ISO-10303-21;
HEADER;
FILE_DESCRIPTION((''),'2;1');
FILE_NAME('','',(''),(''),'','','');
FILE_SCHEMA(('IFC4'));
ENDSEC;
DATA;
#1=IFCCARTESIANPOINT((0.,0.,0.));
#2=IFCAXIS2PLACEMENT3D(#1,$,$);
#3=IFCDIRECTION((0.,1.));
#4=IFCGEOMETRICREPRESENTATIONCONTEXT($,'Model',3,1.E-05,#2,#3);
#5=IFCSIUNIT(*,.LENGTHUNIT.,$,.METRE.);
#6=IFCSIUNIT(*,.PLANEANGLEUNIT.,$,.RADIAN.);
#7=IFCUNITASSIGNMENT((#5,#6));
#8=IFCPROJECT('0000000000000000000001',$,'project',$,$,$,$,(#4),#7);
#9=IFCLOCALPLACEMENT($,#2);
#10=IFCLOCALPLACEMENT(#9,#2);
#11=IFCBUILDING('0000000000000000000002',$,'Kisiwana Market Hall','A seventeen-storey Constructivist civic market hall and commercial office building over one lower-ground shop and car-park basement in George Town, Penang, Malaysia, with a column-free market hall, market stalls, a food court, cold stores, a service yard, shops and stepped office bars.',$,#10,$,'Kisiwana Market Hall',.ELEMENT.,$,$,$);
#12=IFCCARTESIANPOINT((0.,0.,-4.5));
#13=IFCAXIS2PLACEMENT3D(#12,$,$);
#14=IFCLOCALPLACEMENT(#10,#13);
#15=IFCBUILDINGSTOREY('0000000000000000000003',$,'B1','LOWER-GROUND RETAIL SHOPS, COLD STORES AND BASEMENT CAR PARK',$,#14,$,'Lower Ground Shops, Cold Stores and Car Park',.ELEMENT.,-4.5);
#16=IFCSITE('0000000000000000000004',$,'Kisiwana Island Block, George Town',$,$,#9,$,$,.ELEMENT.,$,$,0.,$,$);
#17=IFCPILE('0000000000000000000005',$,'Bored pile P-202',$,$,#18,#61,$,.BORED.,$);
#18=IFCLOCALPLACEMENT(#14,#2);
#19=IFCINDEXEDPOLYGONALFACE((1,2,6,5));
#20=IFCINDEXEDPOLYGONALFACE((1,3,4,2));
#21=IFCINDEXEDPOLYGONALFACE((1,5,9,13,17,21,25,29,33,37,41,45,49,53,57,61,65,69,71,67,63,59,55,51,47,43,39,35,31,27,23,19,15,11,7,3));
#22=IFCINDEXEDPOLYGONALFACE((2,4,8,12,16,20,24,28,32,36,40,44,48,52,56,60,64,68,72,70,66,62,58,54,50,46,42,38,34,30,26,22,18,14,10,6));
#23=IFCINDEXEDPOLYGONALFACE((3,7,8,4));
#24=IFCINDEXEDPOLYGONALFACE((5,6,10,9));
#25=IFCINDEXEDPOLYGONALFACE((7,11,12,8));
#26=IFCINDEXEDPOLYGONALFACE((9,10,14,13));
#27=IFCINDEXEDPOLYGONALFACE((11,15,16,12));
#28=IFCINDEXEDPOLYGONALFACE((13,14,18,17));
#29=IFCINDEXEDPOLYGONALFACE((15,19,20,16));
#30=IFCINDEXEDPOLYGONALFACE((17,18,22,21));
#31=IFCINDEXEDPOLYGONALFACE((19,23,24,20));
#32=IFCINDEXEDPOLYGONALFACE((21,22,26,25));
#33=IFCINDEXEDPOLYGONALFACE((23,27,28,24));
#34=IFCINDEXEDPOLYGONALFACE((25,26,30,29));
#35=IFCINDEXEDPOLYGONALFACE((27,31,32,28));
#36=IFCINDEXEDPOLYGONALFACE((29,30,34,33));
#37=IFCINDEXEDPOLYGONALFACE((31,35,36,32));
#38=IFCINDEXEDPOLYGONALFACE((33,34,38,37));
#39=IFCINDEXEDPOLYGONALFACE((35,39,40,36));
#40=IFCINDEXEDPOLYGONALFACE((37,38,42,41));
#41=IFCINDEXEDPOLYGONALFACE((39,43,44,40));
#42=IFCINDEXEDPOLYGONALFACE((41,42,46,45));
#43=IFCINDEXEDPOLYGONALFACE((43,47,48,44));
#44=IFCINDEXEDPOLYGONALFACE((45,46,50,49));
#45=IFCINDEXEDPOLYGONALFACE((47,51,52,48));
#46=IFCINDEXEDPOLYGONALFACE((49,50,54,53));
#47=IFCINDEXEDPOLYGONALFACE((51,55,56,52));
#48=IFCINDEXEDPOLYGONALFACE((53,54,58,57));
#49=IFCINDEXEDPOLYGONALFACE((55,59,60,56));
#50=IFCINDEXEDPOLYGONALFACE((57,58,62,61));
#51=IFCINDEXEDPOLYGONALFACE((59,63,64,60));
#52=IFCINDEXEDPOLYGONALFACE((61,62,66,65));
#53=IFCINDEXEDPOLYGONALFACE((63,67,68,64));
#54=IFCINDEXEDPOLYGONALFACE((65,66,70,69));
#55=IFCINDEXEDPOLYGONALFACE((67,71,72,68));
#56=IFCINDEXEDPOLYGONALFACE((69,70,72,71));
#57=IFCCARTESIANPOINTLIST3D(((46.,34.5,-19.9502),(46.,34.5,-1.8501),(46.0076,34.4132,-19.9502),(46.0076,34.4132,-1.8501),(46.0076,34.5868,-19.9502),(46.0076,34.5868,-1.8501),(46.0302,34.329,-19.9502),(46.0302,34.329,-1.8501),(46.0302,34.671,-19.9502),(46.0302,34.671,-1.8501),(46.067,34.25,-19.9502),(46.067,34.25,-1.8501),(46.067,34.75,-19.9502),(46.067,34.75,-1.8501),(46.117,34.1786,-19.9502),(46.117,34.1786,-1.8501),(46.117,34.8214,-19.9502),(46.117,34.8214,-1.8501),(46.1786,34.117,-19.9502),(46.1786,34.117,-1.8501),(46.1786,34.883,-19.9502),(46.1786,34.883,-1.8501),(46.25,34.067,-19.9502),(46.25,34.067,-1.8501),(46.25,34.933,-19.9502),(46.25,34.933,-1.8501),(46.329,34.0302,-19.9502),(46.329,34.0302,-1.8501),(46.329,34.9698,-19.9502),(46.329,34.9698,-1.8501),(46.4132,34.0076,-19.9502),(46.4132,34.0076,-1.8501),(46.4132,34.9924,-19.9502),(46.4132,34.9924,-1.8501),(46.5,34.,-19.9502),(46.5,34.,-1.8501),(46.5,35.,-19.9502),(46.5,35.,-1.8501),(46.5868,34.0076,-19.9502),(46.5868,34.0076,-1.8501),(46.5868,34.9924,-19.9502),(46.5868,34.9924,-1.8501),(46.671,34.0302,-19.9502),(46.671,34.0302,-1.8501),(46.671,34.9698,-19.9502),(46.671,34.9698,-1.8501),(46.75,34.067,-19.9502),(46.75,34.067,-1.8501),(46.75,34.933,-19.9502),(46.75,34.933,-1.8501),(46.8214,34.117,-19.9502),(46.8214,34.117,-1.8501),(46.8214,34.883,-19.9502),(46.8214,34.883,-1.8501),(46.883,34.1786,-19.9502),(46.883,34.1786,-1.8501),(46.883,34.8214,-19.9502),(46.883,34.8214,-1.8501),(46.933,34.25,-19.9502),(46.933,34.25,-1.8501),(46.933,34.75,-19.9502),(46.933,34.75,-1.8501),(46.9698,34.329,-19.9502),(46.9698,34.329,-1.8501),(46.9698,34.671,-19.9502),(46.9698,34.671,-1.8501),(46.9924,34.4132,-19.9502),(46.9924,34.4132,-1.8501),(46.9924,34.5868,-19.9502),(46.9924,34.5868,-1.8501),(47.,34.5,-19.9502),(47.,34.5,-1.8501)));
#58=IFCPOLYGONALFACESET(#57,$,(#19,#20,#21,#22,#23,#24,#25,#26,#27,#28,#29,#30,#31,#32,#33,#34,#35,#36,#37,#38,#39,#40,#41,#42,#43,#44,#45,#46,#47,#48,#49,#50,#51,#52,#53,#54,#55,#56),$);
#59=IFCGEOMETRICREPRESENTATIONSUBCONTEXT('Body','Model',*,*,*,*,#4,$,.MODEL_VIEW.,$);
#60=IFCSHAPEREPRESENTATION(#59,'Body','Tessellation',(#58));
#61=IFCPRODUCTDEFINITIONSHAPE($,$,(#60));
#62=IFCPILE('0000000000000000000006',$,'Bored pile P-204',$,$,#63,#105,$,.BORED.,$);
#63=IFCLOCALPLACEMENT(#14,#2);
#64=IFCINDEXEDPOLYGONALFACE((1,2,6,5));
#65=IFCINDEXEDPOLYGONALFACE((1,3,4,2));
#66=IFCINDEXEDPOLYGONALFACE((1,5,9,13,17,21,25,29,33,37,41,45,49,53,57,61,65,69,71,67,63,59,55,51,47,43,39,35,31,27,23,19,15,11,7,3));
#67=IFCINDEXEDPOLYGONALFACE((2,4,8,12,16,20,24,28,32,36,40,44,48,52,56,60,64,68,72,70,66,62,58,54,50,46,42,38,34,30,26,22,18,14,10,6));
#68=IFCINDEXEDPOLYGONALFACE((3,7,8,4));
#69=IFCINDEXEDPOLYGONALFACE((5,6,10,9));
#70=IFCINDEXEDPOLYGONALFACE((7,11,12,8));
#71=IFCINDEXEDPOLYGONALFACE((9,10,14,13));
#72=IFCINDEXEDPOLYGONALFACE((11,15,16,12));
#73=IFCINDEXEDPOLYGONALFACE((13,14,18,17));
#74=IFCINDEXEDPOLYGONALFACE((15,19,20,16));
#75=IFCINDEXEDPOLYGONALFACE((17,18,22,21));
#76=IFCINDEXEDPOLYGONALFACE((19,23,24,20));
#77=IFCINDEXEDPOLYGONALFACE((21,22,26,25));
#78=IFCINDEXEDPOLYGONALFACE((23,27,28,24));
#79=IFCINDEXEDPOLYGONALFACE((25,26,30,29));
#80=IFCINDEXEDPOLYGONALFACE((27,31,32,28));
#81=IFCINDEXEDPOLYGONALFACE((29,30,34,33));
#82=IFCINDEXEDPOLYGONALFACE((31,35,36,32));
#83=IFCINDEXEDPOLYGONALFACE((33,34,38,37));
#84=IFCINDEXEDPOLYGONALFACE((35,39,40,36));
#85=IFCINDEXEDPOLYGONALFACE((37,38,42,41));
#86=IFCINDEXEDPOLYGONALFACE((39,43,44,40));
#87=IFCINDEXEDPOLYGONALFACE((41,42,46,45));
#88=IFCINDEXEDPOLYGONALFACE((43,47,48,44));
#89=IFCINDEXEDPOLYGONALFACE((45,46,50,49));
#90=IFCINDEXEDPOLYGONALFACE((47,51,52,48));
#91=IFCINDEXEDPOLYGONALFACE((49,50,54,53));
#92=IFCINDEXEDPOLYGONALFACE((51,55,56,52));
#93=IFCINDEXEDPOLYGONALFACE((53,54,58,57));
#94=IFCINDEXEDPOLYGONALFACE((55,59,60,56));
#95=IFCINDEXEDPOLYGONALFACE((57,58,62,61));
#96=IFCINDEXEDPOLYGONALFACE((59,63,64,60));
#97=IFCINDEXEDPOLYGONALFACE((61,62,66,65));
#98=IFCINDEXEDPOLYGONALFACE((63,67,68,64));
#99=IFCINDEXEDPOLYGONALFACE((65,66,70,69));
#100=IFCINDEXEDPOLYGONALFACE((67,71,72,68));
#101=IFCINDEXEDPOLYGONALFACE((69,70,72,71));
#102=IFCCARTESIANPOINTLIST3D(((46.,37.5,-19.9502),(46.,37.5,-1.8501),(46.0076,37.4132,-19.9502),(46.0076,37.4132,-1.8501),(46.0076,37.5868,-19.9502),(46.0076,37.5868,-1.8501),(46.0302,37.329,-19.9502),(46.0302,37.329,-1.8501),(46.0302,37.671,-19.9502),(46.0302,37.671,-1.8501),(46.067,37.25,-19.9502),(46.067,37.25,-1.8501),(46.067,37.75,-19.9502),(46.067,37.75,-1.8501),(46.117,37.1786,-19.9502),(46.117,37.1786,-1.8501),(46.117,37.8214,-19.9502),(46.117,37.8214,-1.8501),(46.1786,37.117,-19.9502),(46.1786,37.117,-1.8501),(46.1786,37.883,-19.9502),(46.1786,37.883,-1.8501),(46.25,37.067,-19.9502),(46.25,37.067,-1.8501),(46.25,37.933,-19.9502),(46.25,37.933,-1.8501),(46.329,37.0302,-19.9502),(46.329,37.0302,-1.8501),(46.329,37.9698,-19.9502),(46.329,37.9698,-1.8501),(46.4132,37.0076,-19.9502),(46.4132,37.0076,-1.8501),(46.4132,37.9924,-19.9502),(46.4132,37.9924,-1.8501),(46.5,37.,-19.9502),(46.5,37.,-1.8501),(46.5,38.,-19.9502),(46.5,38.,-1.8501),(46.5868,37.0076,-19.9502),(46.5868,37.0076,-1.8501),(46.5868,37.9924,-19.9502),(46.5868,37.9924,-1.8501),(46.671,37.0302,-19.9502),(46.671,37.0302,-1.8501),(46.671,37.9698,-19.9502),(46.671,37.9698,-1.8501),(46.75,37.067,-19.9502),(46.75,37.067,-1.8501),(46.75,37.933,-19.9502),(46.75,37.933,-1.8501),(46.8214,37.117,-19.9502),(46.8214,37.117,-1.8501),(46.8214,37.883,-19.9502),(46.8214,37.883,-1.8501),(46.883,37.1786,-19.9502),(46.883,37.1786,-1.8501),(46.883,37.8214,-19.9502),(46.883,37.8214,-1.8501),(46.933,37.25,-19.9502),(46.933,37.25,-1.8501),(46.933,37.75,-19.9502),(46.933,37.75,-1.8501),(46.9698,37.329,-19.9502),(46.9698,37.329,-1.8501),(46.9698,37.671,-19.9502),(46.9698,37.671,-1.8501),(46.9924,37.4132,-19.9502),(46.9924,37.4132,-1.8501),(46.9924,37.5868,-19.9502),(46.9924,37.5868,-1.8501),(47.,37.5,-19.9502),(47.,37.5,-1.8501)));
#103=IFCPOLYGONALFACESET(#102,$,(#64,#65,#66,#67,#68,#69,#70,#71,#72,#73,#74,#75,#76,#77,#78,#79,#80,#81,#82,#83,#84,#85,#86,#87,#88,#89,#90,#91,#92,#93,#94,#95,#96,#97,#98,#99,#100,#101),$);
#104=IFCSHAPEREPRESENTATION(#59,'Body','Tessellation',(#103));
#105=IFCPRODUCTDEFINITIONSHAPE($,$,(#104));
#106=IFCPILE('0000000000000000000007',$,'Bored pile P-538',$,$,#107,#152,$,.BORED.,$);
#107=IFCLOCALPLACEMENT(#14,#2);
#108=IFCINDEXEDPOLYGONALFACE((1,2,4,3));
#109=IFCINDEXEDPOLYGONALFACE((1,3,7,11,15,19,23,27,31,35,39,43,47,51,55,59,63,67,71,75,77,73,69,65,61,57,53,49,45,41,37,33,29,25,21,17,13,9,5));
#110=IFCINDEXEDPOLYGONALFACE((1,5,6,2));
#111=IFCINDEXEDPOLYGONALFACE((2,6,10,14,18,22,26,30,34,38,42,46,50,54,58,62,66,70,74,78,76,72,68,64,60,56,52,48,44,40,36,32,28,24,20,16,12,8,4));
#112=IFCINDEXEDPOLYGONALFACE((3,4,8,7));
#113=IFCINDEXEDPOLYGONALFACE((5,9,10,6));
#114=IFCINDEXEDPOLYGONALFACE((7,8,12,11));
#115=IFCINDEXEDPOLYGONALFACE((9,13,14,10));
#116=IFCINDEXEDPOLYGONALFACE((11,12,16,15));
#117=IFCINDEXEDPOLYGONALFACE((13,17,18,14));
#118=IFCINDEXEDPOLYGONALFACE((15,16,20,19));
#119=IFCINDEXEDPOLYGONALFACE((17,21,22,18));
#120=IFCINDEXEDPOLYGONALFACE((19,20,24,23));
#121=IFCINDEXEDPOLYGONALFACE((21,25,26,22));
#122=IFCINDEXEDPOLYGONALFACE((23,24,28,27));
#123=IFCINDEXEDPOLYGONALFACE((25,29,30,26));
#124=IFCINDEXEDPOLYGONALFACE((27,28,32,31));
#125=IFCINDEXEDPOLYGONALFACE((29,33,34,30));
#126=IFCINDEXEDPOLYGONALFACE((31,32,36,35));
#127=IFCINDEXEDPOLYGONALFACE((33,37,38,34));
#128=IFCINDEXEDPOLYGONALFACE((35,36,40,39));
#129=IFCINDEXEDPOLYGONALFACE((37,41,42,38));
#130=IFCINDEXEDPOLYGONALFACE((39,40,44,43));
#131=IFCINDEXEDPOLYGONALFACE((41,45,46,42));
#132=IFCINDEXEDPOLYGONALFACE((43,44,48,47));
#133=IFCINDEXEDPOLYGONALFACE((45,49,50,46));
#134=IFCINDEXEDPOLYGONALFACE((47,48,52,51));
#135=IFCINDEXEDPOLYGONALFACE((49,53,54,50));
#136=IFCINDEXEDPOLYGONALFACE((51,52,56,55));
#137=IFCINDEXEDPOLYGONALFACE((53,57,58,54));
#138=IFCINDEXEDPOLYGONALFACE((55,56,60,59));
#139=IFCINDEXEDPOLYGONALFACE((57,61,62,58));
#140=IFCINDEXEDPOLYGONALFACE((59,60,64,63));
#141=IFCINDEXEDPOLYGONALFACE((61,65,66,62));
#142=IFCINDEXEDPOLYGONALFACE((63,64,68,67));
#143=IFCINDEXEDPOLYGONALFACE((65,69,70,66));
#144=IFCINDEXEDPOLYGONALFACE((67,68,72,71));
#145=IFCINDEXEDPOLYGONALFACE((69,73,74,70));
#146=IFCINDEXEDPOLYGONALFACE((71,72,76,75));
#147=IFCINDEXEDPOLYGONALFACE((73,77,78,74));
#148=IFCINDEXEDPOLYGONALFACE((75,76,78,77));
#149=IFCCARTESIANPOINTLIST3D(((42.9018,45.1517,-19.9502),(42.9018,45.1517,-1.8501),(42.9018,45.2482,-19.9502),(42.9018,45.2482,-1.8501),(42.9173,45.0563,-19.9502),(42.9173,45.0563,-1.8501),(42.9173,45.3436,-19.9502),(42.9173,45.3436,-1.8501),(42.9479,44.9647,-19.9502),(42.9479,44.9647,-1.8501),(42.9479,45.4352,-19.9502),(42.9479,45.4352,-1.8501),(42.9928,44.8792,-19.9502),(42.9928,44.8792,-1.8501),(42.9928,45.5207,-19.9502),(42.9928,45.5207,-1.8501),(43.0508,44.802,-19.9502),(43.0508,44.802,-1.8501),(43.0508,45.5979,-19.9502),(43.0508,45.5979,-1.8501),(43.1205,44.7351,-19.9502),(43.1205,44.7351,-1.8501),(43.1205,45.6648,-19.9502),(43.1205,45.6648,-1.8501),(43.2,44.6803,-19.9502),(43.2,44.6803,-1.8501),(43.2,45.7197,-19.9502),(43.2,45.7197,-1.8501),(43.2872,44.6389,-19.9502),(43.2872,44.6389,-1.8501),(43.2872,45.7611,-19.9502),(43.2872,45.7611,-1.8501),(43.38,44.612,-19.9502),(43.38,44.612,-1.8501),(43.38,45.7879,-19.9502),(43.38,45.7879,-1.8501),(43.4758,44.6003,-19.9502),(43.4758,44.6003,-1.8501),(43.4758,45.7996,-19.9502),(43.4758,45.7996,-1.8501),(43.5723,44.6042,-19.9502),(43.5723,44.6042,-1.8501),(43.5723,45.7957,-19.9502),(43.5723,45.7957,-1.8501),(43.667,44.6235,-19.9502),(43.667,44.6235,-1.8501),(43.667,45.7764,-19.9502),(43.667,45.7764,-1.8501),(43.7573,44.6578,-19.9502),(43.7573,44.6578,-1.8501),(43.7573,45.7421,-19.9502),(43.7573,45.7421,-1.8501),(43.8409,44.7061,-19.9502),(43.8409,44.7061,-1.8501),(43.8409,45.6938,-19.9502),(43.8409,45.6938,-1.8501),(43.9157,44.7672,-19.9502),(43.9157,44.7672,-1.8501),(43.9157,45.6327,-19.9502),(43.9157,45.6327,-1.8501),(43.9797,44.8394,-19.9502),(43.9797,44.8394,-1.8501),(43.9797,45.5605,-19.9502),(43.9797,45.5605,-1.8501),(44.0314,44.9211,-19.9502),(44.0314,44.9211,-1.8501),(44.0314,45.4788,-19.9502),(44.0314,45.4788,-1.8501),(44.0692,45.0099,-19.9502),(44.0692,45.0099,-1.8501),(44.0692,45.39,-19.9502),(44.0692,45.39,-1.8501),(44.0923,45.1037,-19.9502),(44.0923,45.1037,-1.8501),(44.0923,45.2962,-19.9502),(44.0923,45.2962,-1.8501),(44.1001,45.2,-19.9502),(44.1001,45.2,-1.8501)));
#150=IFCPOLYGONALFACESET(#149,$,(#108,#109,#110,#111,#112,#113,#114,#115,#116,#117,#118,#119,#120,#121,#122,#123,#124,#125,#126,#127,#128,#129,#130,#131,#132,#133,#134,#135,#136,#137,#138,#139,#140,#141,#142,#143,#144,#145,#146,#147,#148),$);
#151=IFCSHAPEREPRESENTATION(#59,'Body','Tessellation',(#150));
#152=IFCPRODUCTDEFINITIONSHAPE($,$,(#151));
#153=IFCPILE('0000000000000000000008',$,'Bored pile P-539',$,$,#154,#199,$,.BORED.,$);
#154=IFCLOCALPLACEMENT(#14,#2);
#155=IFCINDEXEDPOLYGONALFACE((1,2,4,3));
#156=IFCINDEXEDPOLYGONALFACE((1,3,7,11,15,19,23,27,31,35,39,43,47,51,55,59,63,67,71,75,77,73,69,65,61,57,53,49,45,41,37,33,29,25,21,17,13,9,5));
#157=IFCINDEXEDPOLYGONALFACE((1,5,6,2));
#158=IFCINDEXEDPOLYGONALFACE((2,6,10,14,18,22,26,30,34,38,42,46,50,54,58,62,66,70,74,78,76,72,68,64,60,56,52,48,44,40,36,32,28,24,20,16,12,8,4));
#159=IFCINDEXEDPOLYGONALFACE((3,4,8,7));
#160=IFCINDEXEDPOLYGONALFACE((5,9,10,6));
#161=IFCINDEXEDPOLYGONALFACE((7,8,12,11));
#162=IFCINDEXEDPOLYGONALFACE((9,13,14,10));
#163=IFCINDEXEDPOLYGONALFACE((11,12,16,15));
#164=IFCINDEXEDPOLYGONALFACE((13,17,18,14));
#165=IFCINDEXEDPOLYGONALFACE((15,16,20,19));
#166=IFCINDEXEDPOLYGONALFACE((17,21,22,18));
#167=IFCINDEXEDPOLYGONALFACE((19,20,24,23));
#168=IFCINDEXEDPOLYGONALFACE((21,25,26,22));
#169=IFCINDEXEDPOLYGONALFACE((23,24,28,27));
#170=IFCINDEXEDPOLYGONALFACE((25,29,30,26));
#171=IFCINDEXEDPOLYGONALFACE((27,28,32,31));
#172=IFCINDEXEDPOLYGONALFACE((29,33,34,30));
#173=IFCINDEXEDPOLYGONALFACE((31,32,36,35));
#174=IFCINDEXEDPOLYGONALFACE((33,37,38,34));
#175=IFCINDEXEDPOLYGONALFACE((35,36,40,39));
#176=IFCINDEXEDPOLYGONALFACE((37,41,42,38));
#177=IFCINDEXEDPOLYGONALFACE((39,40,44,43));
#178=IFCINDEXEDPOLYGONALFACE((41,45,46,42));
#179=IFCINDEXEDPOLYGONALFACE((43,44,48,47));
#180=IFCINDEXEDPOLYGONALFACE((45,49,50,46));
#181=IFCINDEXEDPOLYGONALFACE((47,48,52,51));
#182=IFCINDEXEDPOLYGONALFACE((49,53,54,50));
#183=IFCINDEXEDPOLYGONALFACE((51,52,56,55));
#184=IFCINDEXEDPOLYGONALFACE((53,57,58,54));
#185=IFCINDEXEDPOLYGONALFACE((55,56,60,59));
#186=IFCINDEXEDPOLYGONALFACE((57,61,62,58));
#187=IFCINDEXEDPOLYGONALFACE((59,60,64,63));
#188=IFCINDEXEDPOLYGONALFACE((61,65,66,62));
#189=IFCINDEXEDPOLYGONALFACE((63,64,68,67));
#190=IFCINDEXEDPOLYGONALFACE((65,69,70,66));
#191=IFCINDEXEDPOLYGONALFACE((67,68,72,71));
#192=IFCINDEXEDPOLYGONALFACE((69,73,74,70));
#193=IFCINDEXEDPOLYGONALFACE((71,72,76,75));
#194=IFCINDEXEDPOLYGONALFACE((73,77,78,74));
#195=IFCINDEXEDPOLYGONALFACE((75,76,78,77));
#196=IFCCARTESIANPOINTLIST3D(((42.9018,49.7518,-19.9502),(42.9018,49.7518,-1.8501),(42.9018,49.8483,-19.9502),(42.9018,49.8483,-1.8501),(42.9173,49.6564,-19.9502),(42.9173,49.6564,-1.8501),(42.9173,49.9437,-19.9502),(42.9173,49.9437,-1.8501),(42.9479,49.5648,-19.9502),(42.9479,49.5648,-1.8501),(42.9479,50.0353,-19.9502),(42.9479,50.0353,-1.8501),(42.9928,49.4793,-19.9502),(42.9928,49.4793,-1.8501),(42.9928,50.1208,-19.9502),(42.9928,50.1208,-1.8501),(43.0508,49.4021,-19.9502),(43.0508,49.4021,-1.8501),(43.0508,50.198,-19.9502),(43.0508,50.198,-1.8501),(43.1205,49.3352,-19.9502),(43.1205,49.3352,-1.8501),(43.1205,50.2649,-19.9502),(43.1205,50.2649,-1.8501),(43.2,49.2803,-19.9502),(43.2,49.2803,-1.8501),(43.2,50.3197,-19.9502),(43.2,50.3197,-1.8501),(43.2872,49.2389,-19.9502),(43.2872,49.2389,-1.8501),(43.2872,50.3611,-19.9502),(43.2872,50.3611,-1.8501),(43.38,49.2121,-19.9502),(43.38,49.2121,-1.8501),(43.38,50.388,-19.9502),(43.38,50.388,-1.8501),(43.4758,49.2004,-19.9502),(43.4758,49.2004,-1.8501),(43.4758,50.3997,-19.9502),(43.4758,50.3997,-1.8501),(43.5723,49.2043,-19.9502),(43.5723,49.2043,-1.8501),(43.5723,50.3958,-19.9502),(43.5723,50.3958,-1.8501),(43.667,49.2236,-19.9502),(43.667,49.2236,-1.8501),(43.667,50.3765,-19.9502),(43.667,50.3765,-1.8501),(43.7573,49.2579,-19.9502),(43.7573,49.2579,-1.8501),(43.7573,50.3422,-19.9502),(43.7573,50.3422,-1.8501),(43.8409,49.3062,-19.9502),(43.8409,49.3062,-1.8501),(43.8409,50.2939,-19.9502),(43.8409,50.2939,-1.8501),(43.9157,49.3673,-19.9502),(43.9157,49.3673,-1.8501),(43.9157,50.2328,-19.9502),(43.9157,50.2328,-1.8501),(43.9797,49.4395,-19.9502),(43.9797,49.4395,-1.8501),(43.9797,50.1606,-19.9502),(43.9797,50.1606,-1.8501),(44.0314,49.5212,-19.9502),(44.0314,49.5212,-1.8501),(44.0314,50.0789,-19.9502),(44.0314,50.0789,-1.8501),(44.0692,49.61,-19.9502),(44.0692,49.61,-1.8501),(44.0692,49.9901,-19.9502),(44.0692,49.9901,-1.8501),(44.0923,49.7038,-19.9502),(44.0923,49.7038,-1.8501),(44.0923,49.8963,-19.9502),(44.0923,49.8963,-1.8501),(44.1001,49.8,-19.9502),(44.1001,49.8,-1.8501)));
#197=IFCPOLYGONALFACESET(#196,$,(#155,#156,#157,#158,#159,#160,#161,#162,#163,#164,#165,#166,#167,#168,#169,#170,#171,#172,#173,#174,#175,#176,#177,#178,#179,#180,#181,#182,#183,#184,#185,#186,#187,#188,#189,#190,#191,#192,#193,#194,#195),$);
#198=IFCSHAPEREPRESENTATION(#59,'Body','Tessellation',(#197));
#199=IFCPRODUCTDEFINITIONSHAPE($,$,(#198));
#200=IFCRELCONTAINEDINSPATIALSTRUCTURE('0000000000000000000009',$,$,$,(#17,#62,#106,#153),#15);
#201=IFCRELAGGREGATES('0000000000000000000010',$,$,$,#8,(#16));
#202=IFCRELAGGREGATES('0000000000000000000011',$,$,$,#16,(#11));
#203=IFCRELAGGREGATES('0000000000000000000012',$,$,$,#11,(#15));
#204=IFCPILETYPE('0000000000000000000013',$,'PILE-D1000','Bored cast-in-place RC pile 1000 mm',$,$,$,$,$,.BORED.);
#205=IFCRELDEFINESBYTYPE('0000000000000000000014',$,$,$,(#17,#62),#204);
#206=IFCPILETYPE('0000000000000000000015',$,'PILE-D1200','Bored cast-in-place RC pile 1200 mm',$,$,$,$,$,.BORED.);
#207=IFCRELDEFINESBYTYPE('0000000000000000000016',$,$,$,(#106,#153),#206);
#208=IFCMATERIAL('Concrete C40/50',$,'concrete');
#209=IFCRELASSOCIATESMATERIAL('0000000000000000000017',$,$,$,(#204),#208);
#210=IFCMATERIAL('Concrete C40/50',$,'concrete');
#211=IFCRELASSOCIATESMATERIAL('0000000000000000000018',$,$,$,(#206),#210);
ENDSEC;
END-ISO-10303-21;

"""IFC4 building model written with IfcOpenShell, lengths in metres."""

from ifc_helpers import new_model, si_unit, direction, frame, origin, origin_2d, place, context, subcontext, project, spatial, circle, extrude, material, material_profile, profile_set, type_object, element, save


model = new_model("IFC4")

# Units and contexts
model_context = context("Model", 3, precision=1e-05, world=origin(), true_north=direction((0.0, 1.0)))
body_context = subcontext(model_context, "Body", "Model", "MODEL_VIEW")
ifc_project = project(units=[si_unit("LENGTHUNIT", "METRE"), si_unit("PLANEANGLEUNIT", "RADIAN")], contexts=[model_context])

# Site, building, storey
site_placement = place(None, origin())
site = spatial("IfcSite", under=ifc_project, at=site_placement, Name="Kisiwana Island Block, George Town", CompositionType="ELEMENT", RefElevation=0.0)
building_placement = place(site_placement, origin())
building = spatial("IfcBuilding", under=site, at=building_placement, Name="Kisiwana Market Hall", Description="A seventeen-storey Constructivist civic market hall and commercial office building over one lower-ground shop and car-park basement in George Town, Penang, Malaysia, with a column-free market hall, market stalls, a food court, cold stores, a service yard, shops and stepped office bars.", LongName="Kisiwana Market Hall", CompositionType="ELEMENT")
storey_placement = place(building_placement, frame((0.0, 0.0, -4.5)))
storey = spatial("IfcBuildingStorey", under=building, at=storey_placement, Name="B1", Description="LOWER-GROUND RETAIL SHOPS, COLD STORES AND BASEMENT CAR PARK", LongName="Lower Ground Shops, Cold Stores and Car Park", CompositionType="ELEMENT", Elevation=-4.5)

# Piles
ifc_material_1 = material(Name="Concrete C40/50", Category="concrete")
ifc_material_profile_1 = material_profile(ifc_material_1, circle(Radius=0.5, at=origin_2d()), Name="BP D1000")
ifc_profile_set_1 = profile_set([ifc_material_profile_1], Name="Concrete C40/50")
pile_type_1 = type_object("IfcPileType", Name="PILE-D1000", Description="Bored cast-in-place RC pile 1000 mm", PredefinedType="BORED", material=ifc_profile_set_1)
for number, where, z_axis, x_axis, name in (
    (1, (46.5, 34.5, -1.8501), (0.0, 0.0, -1.0), (1.0, 0.0, 0.0), "Bored pile P-202"),
    (2, (46.5, 37.5, -1.8501), (0.0, 0.0, -1.0), (1.0, 0.0, 0.0), "Bored pile P-204"),
):
    element("IfcPile", number, at=place(storey_placement, frame(where, z_axis=z_axis, x_axis=x_axis)), inside=storey, type_object=pile_type_1, Name=name, PredefinedType="BORED", context=body_context, shape_type="SweptSolid", body=[
        extrude(circle(Radius=0.5, at=origin_2d()), origin(), (0.0, 0.0, 1.0), 18.1001),
    ])
ifc_material_2 = material(Name="Concrete C40/50", Category="concrete")
ifc_material_profile_2 = material_profile(ifc_material_2, circle(Radius=0.6001, at=origin_2d()), Name="BP D1200")
ifc_profile_set_2 = profile_set([ifc_material_profile_2], Name="Concrete C40/50")
pile_type_2 = type_object("IfcPileType", Name="PILE-D1200", Description="Bored cast-in-place RC pile 1200 mm", PredefinedType="BORED", material=ifc_profile_set_2)
for number, where, z_axis, x_axis, name in (
    (3, (43.5, 45.2, -1.8501), (0.0, 0.0, -1.0), (1.0, 0.0, 0.0), "Bored pile P-538"),
    (4, (43.5, 49.8, -1.8501), (0.0, 0.0, -1.0), (1.0, 0.0, 0.0), "Bored pile P-539"),
):
    element("IfcPile", number, at=place(storey_placement, frame(where, z_axis=z_axis, x_axis=x_axis)), inside=storey, type_object=pile_type_2, Name=name, PredefinedType="BORED", context=body_context, shape_type="SweptSolid", body=[
        extrude(circle(Radius=0.6001, at=origin_2d()), origin(), (0.0, 0.0, 1.0), 18.1001),
    ])

save(model, "model.ifc")
